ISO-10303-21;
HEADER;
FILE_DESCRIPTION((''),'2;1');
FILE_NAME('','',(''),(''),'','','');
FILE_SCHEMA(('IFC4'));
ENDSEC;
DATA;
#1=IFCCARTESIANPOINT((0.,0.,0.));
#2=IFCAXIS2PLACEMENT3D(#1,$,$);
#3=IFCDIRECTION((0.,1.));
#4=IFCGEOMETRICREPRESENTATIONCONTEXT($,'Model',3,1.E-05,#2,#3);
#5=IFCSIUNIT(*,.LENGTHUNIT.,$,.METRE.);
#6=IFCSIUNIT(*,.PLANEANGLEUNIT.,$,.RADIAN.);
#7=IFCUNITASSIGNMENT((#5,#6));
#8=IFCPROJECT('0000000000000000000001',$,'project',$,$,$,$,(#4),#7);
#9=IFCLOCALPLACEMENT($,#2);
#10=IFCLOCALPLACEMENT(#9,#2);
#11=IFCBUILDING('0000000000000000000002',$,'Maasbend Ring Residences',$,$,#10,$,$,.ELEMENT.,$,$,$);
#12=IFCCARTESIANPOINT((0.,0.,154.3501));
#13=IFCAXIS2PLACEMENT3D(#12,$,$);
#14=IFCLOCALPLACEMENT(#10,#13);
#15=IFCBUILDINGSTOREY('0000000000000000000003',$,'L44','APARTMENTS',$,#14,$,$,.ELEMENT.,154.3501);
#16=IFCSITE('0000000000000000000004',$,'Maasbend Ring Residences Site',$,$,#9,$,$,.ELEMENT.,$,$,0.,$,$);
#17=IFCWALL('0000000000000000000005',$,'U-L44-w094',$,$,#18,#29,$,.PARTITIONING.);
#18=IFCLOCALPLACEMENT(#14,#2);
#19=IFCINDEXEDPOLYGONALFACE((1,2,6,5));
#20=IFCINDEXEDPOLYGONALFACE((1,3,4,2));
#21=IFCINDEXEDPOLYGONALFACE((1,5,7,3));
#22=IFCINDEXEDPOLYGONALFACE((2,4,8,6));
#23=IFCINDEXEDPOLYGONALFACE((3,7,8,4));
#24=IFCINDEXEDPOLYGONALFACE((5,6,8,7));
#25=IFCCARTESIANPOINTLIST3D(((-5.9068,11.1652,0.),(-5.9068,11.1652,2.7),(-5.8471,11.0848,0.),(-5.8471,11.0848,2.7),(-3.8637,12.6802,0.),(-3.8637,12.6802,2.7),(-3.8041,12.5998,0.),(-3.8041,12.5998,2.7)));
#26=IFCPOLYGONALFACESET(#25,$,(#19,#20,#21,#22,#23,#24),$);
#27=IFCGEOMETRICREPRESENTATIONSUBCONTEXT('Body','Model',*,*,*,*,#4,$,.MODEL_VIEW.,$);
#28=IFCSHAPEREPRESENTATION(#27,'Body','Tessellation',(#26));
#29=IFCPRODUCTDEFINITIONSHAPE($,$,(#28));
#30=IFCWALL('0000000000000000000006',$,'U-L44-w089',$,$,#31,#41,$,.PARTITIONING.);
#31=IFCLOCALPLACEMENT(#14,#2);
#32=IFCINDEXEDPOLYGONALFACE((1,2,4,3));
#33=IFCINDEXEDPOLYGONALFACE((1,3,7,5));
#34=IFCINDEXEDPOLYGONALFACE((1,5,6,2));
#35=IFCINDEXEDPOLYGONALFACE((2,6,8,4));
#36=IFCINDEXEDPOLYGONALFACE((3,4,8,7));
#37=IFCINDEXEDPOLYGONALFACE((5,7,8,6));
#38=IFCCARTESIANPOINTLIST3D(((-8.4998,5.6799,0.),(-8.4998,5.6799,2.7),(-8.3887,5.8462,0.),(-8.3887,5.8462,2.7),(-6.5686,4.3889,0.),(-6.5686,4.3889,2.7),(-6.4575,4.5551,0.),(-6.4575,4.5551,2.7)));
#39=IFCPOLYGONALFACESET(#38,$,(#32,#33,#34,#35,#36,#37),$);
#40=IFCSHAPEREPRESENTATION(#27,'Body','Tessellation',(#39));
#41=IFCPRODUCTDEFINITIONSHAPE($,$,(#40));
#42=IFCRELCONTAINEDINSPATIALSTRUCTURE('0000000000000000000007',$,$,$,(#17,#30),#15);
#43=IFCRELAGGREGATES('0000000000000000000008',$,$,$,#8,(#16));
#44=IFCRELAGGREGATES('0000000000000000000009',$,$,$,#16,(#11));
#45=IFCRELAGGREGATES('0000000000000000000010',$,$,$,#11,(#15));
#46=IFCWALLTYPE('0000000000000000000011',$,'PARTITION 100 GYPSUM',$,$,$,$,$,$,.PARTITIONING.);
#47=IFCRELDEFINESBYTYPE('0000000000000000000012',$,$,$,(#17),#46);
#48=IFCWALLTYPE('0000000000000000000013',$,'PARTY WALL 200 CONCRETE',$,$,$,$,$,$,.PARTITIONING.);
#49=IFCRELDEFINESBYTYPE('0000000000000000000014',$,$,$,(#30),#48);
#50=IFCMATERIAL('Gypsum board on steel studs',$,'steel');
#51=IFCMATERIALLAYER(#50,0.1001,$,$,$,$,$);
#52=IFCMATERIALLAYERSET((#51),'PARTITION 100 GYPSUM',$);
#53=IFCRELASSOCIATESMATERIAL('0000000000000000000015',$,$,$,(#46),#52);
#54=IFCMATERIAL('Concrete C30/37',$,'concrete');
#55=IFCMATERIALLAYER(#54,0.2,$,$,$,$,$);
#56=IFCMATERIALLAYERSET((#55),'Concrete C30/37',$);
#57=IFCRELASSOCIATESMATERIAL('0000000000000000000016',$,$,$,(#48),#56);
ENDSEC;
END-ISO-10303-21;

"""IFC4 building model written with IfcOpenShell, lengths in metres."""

from ifc_helpers import new_model, si_unit, direction, frame, frame_2d, origin, place, context, subcontext, project, spatial, rectangle, extrude, material, layer, layer_set, type_object, element, save


model = new_model("IFC4")

# Units and contexts
model_context = context("Model", 3, precision=1e-05, world=origin(), true_north=direction((0.0, 1.0)))
body_context = subcontext(model_context, "Body", "Model", "MODEL_VIEW")
ifc_project = project(units=[si_unit("LENGTHUNIT", "METRE"), si_unit("PLANEANGLEUNIT", "RADIAN")], contexts=[model_context])

# Site, building, storey
site_placement = place(None, origin())
site = spatial("IfcSite", under=ifc_project, at=site_placement, Name="Maasbend Ring Residences Site", CompositionType="ELEMENT", RefElevation=0.0)
building_placement = place(site_placement, origin())
building = spatial("IfcBuilding", under=site, at=building_placement, Name="Maasbend Ring Residences", CompositionType="ELEMENT")
storey_placement = place(building_placement, frame((0.0, 0.0, 154.3501)))
storey = spatial("IfcBuildingStorey", under=building, at=storey_placement, Name="L44", Description="APARTMENTS", CompositionType="ELEMENT", Elevation=154.3501)

# Walls
ifc_material_1 = material(Name="Gypsum board on steel studs", Category="steel")
ifc_layer_1 = layer(ifc_material_1, 0.1001)
ifc_layer_set_1 = layer_set([ifc_layer_1], Name="PARTITION 100 GYPSUM")
wall_type_1 = type_object("IfcWallType", Name="PARTITION 100 GYPSUM", PredefinedType="PARTITIONING", material=ifc_layer_set_1)
wall_1_placement = place(storey_placement, frame((-5.877, 11.125, 0.0), z_axis=(0.0, 0.0, 1.0), x_axis=(0.80326, 0.595629, 0.0)))
element("IfcWall", 1, at=wall_1_placement, inside=storey, type_object=wall_type_1, Name="U-L44-w094", PredefinedType="PARTITIONING", context=body_context, shape_type="SweptSolid", body=[
    extrude(rectangle(XDim=2.5435, YDim=0.1001, at=frame_2d((1.2717, 0.0))), origin(), (0.0, 0.0, 1.0), 2.7),
])
ifc_material_2 = material(Name="Concrete C30/37", Category="concrete")
ifc_layer_2 = layer(ifc_material_2, 0.2)
ifc_layer_set_2 = layer_set([ifc_layer_2], Name="Concrete C30/37")
wall_type_2 = type_object("IfcWallType", Name="PARTY WALL 200 CONCRETE", PredefinedType="PARTITIONING", material=ifc_layer_set_2)
wall_2_placement = place(storey_placement, frame((-6.5129, 4.4719, 0.0), z_axis=(0.0, 0.0, 1.0), x_axis=(-0.831338, 0.555767, 0.0)))
element("IfcWall", 2, at=wall_2_placement, inside=storey, type_object=wall_type_2, Name="U-L44-w089", PredefinedType="PARTITIONING", context=body_context, shape_type="SweptSolid", body=[
    extrude(rectangle(XDim=2.323, YDim=0.2, at=frame_2d((1.1616, 0.0))), origin(), (0.0, 0.0, 1.0), 2.7),
])

save(model, "model.ifc")
